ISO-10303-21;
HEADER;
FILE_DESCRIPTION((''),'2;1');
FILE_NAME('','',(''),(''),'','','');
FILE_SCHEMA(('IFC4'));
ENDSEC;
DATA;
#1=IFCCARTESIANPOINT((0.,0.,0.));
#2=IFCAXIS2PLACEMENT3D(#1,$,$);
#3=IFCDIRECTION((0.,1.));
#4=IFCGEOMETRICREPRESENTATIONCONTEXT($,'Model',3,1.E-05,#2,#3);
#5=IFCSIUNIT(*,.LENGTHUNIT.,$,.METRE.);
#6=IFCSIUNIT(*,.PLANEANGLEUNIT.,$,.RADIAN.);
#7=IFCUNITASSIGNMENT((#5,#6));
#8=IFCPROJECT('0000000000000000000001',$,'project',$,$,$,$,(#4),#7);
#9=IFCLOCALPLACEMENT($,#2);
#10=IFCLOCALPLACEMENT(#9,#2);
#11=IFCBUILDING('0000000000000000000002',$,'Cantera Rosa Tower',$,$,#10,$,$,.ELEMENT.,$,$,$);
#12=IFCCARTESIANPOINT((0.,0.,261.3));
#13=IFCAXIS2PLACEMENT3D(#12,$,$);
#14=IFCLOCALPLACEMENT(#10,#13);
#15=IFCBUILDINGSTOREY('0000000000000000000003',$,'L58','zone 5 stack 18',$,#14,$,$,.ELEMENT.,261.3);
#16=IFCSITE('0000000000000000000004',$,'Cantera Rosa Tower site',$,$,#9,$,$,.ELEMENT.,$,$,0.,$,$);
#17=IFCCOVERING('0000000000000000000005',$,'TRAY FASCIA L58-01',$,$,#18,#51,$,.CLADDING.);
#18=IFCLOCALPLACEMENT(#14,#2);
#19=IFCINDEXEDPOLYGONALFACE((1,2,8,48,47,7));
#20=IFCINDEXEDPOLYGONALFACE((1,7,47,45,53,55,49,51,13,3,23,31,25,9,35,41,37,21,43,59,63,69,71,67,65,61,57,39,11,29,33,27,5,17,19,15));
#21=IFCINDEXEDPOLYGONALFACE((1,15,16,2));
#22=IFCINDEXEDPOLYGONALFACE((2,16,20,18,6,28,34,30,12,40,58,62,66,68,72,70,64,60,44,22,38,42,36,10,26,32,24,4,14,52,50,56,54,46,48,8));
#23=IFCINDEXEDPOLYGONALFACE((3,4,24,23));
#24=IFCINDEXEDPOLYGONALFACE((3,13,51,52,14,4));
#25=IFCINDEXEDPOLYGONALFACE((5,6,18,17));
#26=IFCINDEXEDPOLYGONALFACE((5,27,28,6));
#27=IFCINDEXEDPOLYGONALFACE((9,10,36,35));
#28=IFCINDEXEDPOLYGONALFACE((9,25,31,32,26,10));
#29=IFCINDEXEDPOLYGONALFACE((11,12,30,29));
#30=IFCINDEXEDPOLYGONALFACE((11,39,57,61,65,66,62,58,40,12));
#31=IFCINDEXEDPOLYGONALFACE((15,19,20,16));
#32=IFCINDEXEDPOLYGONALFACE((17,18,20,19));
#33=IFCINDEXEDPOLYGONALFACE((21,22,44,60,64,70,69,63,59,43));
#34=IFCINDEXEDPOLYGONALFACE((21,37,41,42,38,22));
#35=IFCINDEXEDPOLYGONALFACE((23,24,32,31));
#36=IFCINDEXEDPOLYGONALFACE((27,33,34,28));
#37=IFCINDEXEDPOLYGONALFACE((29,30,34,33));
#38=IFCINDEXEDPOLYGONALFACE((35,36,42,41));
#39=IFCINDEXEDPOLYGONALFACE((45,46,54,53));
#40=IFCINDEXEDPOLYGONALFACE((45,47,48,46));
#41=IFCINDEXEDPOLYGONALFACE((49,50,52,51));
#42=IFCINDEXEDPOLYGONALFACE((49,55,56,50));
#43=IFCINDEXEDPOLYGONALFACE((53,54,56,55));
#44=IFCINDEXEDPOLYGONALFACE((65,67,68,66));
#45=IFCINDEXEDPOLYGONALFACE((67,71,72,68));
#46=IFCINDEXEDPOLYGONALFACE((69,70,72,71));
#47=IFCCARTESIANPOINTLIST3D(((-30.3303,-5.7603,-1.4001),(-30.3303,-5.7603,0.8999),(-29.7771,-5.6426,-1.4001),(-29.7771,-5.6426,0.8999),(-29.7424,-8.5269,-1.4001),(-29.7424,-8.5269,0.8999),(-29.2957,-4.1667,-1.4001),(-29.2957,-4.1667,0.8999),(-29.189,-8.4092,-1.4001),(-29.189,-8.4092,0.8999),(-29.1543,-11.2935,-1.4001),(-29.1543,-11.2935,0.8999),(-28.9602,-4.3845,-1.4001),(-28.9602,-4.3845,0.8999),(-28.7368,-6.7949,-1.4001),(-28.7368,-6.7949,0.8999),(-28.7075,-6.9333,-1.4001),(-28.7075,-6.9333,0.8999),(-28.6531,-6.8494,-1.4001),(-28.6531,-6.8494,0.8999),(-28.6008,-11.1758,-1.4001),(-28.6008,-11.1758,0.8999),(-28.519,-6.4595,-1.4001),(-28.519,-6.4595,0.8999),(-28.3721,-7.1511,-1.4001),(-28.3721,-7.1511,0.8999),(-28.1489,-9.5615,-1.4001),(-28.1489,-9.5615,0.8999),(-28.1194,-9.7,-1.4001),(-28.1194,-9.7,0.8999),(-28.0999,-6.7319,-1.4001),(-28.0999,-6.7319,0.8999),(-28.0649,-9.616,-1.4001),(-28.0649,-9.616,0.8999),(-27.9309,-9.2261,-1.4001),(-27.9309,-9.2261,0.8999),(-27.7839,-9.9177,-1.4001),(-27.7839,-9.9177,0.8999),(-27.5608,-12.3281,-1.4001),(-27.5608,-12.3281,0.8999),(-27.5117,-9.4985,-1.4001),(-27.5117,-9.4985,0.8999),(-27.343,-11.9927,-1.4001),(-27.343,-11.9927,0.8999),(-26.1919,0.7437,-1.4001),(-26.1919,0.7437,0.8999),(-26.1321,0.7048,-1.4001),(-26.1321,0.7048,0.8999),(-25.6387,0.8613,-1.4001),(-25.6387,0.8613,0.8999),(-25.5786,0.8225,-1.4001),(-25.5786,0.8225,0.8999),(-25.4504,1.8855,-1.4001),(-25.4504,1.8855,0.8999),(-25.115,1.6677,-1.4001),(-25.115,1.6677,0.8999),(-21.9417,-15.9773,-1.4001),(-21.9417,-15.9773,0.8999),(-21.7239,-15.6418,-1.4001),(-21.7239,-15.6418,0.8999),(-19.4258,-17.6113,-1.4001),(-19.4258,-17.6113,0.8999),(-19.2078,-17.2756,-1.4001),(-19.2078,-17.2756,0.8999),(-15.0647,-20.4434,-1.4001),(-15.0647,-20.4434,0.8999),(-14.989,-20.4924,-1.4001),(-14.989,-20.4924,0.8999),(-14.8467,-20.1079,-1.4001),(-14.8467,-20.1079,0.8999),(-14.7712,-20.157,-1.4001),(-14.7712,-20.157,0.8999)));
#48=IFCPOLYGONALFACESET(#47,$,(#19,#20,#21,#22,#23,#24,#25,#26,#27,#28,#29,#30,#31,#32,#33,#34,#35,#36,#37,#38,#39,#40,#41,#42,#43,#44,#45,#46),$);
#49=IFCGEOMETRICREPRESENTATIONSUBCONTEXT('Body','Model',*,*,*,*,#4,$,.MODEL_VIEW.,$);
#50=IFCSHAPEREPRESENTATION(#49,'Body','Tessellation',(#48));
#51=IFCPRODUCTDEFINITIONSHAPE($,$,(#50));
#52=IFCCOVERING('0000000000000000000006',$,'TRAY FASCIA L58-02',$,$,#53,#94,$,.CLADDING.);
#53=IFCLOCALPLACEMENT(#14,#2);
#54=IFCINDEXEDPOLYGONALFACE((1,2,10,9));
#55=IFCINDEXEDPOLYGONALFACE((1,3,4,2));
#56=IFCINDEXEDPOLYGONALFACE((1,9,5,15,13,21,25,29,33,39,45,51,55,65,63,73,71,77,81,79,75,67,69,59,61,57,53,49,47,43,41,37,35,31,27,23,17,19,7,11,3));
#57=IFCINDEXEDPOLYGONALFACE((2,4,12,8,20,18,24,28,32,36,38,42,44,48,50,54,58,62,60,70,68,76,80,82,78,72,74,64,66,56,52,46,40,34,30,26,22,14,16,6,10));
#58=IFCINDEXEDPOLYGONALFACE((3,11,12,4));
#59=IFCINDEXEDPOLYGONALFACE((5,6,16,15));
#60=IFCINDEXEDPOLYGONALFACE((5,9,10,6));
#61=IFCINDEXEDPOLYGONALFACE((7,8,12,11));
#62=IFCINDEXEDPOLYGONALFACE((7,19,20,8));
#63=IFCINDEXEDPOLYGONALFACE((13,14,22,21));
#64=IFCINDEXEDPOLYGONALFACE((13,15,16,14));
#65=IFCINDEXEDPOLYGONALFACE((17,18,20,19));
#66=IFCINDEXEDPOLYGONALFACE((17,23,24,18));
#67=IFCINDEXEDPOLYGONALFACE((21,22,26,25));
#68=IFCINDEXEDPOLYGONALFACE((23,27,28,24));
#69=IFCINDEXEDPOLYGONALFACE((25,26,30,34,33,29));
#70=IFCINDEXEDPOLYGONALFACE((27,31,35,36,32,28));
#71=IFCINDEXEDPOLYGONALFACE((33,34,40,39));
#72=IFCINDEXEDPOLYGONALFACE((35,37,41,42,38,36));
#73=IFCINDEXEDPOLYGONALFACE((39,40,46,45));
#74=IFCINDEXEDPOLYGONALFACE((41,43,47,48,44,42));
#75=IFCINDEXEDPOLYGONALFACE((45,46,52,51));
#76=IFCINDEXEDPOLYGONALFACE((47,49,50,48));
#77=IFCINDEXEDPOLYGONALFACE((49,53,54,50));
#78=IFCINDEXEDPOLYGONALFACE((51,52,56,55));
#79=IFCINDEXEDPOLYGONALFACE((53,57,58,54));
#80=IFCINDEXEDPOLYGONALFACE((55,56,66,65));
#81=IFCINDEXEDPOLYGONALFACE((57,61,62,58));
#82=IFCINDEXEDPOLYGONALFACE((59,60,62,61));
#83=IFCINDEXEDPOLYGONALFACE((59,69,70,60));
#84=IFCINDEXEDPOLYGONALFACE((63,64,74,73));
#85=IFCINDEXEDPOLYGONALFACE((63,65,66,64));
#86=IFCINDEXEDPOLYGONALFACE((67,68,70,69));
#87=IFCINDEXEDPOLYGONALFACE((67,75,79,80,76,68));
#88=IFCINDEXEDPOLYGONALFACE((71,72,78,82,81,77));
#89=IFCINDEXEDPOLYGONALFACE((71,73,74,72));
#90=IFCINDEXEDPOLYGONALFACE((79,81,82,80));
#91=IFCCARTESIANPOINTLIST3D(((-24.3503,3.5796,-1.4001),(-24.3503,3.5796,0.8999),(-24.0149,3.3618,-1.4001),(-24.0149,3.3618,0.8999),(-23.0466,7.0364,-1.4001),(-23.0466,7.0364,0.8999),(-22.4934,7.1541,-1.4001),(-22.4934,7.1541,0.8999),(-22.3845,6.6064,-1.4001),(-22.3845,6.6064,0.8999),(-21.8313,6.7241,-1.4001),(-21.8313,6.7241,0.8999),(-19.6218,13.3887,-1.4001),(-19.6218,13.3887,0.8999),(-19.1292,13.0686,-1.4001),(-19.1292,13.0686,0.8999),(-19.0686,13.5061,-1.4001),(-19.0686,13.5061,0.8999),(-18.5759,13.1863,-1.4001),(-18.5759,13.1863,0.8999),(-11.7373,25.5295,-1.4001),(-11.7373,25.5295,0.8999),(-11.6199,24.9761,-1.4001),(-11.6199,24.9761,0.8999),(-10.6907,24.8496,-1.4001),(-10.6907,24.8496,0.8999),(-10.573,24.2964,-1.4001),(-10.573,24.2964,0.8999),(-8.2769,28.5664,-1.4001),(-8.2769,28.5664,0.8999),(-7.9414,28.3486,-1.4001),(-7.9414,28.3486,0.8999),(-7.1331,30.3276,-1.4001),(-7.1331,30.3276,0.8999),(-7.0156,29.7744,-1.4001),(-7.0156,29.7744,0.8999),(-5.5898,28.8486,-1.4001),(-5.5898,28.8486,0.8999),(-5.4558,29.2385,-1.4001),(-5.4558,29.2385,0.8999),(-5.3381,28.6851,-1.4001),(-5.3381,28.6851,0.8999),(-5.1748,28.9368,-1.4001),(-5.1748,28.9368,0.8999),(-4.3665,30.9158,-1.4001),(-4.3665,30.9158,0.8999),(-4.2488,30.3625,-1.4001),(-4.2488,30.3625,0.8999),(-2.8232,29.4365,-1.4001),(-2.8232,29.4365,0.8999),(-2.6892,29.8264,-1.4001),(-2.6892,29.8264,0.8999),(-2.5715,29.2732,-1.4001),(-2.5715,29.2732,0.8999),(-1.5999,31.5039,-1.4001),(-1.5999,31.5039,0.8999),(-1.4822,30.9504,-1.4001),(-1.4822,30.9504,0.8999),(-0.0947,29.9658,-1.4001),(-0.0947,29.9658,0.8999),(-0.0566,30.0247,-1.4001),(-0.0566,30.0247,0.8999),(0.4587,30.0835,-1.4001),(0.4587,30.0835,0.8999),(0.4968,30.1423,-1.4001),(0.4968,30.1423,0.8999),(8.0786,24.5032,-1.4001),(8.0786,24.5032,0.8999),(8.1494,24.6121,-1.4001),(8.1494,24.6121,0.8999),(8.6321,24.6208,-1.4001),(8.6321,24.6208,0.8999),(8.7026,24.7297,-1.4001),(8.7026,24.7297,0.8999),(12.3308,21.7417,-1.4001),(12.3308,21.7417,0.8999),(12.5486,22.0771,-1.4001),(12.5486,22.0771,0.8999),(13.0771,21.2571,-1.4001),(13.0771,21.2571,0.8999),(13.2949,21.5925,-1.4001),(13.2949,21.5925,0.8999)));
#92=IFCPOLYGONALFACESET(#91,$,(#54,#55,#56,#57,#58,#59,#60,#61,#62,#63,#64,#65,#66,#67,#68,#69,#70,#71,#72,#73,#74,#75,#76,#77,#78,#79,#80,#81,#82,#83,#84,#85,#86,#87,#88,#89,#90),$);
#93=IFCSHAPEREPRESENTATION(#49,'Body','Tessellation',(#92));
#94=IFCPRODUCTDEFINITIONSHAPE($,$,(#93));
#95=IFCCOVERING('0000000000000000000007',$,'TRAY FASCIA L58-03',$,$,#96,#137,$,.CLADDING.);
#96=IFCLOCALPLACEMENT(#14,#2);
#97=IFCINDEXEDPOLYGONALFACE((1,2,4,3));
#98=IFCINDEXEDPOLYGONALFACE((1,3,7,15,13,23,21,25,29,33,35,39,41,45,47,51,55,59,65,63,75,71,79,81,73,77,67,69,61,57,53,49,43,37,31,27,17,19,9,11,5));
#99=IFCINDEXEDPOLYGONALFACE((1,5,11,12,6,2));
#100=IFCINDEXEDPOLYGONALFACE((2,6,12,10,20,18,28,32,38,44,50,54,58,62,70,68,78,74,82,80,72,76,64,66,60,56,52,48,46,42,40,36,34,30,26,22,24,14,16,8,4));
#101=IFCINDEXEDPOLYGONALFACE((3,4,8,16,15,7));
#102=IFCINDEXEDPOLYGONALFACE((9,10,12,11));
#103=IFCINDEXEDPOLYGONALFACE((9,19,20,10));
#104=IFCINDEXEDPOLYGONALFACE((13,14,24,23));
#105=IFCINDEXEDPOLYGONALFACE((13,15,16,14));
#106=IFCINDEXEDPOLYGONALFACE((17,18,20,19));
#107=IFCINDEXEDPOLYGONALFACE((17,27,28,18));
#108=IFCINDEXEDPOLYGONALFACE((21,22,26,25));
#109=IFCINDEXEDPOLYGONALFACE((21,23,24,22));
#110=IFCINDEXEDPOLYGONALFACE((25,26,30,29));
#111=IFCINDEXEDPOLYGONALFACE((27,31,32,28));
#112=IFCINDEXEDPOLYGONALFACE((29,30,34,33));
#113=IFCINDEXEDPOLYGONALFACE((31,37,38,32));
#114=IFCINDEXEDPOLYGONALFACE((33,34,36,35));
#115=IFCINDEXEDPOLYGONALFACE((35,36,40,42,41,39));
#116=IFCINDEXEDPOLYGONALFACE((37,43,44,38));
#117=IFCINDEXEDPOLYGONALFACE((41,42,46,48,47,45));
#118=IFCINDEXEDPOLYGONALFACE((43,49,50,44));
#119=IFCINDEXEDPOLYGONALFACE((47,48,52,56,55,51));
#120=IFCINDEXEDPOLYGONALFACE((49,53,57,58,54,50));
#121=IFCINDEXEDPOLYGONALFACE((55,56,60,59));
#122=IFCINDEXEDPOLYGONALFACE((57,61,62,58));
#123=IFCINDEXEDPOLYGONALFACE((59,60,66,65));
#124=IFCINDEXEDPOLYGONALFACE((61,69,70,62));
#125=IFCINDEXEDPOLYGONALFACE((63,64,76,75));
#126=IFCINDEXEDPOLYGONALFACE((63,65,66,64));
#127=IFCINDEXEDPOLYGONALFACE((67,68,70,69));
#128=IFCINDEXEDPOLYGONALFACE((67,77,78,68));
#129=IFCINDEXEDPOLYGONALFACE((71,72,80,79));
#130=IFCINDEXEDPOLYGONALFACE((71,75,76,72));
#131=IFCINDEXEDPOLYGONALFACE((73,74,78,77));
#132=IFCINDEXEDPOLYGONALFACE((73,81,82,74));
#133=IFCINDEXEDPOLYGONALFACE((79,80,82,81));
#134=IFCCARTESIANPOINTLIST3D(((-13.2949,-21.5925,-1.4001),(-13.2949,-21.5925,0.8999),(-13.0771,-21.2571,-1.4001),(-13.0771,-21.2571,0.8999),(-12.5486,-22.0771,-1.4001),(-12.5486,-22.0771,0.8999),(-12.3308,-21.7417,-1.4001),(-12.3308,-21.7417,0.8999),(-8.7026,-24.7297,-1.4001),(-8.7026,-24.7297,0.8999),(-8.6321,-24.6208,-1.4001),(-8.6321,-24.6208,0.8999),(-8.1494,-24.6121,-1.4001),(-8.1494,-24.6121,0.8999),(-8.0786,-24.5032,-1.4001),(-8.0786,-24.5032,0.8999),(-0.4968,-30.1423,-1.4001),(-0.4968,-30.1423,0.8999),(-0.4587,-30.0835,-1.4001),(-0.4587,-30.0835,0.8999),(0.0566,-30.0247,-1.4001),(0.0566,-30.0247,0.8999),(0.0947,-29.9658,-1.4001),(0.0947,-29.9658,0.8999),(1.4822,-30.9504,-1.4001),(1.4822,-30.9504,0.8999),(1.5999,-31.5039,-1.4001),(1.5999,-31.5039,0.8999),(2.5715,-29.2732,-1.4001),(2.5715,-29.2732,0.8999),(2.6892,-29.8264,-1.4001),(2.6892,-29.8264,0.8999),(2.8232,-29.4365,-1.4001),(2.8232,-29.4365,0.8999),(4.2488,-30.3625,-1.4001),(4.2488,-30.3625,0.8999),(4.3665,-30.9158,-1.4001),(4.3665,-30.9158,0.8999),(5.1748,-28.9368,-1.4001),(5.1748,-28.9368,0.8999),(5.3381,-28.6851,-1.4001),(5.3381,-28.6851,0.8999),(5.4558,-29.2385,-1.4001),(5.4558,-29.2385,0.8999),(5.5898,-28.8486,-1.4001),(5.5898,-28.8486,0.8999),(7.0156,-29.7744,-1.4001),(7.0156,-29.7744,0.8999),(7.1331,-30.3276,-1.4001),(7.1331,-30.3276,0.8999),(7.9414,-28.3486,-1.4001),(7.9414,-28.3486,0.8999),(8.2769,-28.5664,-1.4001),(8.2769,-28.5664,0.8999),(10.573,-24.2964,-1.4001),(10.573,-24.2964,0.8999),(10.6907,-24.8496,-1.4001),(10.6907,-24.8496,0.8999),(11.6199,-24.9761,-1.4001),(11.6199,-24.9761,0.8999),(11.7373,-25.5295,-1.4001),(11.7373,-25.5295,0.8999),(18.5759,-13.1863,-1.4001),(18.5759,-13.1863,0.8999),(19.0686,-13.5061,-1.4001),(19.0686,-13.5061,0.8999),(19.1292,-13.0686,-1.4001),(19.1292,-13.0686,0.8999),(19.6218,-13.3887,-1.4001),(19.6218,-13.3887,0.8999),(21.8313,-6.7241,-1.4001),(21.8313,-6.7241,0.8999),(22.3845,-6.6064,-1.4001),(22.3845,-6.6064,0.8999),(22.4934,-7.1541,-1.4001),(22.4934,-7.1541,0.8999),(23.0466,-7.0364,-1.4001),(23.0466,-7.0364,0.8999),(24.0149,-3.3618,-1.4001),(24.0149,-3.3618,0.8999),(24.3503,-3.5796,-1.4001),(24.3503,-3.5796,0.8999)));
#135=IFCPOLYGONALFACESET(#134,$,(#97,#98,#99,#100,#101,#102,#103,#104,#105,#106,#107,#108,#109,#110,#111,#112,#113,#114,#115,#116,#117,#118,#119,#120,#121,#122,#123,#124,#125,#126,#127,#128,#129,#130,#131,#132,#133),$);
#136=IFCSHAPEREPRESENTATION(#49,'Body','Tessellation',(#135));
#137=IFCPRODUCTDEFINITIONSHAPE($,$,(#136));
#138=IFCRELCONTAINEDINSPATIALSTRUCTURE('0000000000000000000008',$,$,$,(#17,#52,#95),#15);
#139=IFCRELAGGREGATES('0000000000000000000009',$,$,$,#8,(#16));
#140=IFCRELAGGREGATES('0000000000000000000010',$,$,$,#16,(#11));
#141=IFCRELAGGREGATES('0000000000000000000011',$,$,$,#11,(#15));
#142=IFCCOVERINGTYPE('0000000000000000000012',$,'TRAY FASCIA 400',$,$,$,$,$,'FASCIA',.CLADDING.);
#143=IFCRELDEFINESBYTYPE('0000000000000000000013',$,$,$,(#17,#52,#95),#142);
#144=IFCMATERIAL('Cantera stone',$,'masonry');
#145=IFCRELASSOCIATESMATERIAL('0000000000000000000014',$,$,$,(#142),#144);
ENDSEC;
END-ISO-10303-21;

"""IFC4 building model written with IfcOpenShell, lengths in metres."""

from ifc_helpers import new_model, si_unit, direction, frame, origin, place, context, subcontext, project, spatial, polyline, outline, extrude, material, type_object, element, save


model = new_model("IFC4")

# Units and contexts
model_context = context("Model", 3, precision=1e-05, world=origin(), true_north=direction((0.0, 1.0)))
body_context = subcontext(model_context, "Body", "Model", "MODEL_VIEW")
ifc_project = project(units=[si_unit("LENGTHUNIT", "METRE"), si_unit("PLANEANGLEUNIT", "RADIAN")], contexts=[model_context])

# Site, building, storey
site_placement = place(None, origin())
site = spatial("IfcSite", under=ifc_project, at=site_placement, Name="Cantera Rosa Tower site", CompositionType="ELEMENT", RefElevation=0.0)
building_placement = place(site_placement, origin())
building = spatial("IfcBuilding", under=site, at=building_placement, Name="Cantera Rosa Tower", CompositionType="ELEMENT")
storey_placement = place(building_placement, frame((0.0, 0.0, 261.3)))
storey = spatial("IfcBuildingStorey", under=building, at=storey_placement, Name="L58", Description="zone 5 stack 18", CompositionType="ELEMENT", Elevation=261.3)

# Coverings
ifc_material_1 = material(Name="Cantera stone", Category="masonry")
covering_type = type_object("IfcCoveringType", Name="TRAY FASCIA 400", ElementType="FASCIA", PredefinedType="CLADDING", material=ifc_material_1)
covering_1_placement = place(storey_placement, frame((0.0, 0.0, -1.4001)))
element("IfcCovering", 1, at=covering_1_placement, inside=storey, type_object=covering_type, Name="TRAY FASCIA L58-01", PredefinedType="CLADDING", context=body_context, shape_type="SweptSolid", body=[
    extrude(outline(polyline([(-25.4504, 1.8855), (-25.115, 1.6677), (-25.6387, 0.8613), (-25.5786, 0.8225), (-28.9602, -4.3845), (-29.7771, -5.6426), (-28.519, -6.4595), (-28.0999, -6.7319), (-28.3721, -7.1511), (-29.189, -8.4092), (-27.9309, -9.2261), (-27.5117, -9.4985), (-27.7839, -9.9177), (-28.6008, -11.1758), (-27.343, -11.9927), (-21.7239, -15.6418), (-19.2078, -17.2756), (-14.8467, -20.1079), (-14.7712, -20.157), (-14.989, -20.4924), (-15.0647, -20.4434), (-19.4258, -17.6113), (-21.9417, -15.9773), (-27.5608, -12.3281), (-29.1543, -11.2935), (-28.1194, -9.7), (-28.0649, -9.616), (-28.1489, -9.5615), (-29.7424, -8.5269), (-28.7075, -6.9333), (-28.6531, -6.8494), (-28.7368, -6.7949), (-30.3303, -5.7603), (-29.2957, -4.1667), (-26.1321, 0.7048), (-26.1919, 0.7437), (-25.4504, 1.8855)])), origin(), (0.0, 0.0, 1.0), 2.3),
])
covering_2_placement = place(storey_placement, frame((0.0, 0.0, -1.4001)))
element("IfcCovering", 2, at=covering_2_placement, inside=storey, type_object=covering_type, Name="TRAY FASCIA L58-02", PredefinedType="CLADDING", context=body_context, shape_type="SweptSolid", body=[
    extrude(outline(polyline([(-22.3845, 6.6064), (-23.0466, 7.0364), (-19.1292, 13.0686), (-19.6218, 13.3887), (-11.7373, 25.5295), (-10.6907, 24.8496), (-8.2769, 28.5664), (-7.1331, 30.3276), (-5.4558, 29.2385), (-4.3665, 30.9158), (-2.6892, 29.8264), (-1.5999, 31.5039), (0.4968, 30.1423), (0.4587, 30.0835), (8.7026, 24.7297), (8.6321, 24.6208), (12.5486, 22.0771), (13.2949, 21.5925), (13.0771, 21.2571), (12.3308, 21.7417), (8.0786, 24.5032), (8.1494, 24.6121), (-0.0947, 29.9658), (-0.0566, 30.0247), (-1.4822, 30.9504), (-2.5715, 29.2732), (-2.8232, 29.4365), (-4.2488, 30.3625), (-5.1748, 28.9368), (-5.3381, 28.6851), (-5.5898, 28.8486), (-7.0156, 29.7744), (-7.9414, 28.3486), (-10.573, 24.2964), (-11.6199, 24.9761), (-19.0686, 13.5061), (-18.5759, 13.1863), (-22.4934, 7.1541), (-21.8313, 6.7241), (-24.0149, 3.3618), (-24.3503, 3.5796), (-22.3845, 6.6064)])), origin(), (0.0, 0.0, 1.0), 2.3),
])
covering_3_placement = place(storey_placement, frame((0.0, 0.0, -1.4001)))
element("IfcCovering", 3, at=covering_3_placement, inside=storey, type_object=covering_type, Name="TRAY FASCIA L58-03", PredefinedType="CLADDING", context=body_context, shape_type="SweptSolid", body=[
    extrude(outline(polyline([(22.3845, -6.6064), (23.0466, -7.0364), (19.1292, -13.0686), (19.6218, -13.3887), (11.7373, -25.5295), (10.6907, -24.8496), (8.2769, -28.5664), (7.1331, -30.3276), (5.4558, -29.2385), (4.3665, -30.9158), (2.6892, -29.8264), (1.5999, -31.5039), (-0.4968, -30.1423), (-0.4587, -30.0835), (-8.7026, -24.7297), (-8.6321, -24.6208), (-12.5486, -22.0771), (-13.2949, -21.5925), (-13.0771, -21.2571), (-12.3308, -21.7417), (-8.0786, -24.5032), (-8.1494, -24.6121), (0.0947, -29.9658), (0.0566, -30.0247), (1.4822, -30.9504), (2.5715, -29.2732), (2.8232, -29.4365), (4.2488, -30.3625), (5.1748, -28.9368), (5.3381, -28.6851), (5.5898, -28.8486), (7.0156, -29.7744), (7.9414, -28.3486), (10.573, -24.2964), (11.6199, -24.9761), (19.0686, -13.5061), (18.5759, -13.1863), (22.4934, -7.1541), (21.8313, -6.7241), (24.0149, -3.3618), (24.3503, -3.5796), (22.3845, -6.6064)])), origin(), (0.0, 0.0, 1.0), 2.3),
])

save(model, "model.ifc")
